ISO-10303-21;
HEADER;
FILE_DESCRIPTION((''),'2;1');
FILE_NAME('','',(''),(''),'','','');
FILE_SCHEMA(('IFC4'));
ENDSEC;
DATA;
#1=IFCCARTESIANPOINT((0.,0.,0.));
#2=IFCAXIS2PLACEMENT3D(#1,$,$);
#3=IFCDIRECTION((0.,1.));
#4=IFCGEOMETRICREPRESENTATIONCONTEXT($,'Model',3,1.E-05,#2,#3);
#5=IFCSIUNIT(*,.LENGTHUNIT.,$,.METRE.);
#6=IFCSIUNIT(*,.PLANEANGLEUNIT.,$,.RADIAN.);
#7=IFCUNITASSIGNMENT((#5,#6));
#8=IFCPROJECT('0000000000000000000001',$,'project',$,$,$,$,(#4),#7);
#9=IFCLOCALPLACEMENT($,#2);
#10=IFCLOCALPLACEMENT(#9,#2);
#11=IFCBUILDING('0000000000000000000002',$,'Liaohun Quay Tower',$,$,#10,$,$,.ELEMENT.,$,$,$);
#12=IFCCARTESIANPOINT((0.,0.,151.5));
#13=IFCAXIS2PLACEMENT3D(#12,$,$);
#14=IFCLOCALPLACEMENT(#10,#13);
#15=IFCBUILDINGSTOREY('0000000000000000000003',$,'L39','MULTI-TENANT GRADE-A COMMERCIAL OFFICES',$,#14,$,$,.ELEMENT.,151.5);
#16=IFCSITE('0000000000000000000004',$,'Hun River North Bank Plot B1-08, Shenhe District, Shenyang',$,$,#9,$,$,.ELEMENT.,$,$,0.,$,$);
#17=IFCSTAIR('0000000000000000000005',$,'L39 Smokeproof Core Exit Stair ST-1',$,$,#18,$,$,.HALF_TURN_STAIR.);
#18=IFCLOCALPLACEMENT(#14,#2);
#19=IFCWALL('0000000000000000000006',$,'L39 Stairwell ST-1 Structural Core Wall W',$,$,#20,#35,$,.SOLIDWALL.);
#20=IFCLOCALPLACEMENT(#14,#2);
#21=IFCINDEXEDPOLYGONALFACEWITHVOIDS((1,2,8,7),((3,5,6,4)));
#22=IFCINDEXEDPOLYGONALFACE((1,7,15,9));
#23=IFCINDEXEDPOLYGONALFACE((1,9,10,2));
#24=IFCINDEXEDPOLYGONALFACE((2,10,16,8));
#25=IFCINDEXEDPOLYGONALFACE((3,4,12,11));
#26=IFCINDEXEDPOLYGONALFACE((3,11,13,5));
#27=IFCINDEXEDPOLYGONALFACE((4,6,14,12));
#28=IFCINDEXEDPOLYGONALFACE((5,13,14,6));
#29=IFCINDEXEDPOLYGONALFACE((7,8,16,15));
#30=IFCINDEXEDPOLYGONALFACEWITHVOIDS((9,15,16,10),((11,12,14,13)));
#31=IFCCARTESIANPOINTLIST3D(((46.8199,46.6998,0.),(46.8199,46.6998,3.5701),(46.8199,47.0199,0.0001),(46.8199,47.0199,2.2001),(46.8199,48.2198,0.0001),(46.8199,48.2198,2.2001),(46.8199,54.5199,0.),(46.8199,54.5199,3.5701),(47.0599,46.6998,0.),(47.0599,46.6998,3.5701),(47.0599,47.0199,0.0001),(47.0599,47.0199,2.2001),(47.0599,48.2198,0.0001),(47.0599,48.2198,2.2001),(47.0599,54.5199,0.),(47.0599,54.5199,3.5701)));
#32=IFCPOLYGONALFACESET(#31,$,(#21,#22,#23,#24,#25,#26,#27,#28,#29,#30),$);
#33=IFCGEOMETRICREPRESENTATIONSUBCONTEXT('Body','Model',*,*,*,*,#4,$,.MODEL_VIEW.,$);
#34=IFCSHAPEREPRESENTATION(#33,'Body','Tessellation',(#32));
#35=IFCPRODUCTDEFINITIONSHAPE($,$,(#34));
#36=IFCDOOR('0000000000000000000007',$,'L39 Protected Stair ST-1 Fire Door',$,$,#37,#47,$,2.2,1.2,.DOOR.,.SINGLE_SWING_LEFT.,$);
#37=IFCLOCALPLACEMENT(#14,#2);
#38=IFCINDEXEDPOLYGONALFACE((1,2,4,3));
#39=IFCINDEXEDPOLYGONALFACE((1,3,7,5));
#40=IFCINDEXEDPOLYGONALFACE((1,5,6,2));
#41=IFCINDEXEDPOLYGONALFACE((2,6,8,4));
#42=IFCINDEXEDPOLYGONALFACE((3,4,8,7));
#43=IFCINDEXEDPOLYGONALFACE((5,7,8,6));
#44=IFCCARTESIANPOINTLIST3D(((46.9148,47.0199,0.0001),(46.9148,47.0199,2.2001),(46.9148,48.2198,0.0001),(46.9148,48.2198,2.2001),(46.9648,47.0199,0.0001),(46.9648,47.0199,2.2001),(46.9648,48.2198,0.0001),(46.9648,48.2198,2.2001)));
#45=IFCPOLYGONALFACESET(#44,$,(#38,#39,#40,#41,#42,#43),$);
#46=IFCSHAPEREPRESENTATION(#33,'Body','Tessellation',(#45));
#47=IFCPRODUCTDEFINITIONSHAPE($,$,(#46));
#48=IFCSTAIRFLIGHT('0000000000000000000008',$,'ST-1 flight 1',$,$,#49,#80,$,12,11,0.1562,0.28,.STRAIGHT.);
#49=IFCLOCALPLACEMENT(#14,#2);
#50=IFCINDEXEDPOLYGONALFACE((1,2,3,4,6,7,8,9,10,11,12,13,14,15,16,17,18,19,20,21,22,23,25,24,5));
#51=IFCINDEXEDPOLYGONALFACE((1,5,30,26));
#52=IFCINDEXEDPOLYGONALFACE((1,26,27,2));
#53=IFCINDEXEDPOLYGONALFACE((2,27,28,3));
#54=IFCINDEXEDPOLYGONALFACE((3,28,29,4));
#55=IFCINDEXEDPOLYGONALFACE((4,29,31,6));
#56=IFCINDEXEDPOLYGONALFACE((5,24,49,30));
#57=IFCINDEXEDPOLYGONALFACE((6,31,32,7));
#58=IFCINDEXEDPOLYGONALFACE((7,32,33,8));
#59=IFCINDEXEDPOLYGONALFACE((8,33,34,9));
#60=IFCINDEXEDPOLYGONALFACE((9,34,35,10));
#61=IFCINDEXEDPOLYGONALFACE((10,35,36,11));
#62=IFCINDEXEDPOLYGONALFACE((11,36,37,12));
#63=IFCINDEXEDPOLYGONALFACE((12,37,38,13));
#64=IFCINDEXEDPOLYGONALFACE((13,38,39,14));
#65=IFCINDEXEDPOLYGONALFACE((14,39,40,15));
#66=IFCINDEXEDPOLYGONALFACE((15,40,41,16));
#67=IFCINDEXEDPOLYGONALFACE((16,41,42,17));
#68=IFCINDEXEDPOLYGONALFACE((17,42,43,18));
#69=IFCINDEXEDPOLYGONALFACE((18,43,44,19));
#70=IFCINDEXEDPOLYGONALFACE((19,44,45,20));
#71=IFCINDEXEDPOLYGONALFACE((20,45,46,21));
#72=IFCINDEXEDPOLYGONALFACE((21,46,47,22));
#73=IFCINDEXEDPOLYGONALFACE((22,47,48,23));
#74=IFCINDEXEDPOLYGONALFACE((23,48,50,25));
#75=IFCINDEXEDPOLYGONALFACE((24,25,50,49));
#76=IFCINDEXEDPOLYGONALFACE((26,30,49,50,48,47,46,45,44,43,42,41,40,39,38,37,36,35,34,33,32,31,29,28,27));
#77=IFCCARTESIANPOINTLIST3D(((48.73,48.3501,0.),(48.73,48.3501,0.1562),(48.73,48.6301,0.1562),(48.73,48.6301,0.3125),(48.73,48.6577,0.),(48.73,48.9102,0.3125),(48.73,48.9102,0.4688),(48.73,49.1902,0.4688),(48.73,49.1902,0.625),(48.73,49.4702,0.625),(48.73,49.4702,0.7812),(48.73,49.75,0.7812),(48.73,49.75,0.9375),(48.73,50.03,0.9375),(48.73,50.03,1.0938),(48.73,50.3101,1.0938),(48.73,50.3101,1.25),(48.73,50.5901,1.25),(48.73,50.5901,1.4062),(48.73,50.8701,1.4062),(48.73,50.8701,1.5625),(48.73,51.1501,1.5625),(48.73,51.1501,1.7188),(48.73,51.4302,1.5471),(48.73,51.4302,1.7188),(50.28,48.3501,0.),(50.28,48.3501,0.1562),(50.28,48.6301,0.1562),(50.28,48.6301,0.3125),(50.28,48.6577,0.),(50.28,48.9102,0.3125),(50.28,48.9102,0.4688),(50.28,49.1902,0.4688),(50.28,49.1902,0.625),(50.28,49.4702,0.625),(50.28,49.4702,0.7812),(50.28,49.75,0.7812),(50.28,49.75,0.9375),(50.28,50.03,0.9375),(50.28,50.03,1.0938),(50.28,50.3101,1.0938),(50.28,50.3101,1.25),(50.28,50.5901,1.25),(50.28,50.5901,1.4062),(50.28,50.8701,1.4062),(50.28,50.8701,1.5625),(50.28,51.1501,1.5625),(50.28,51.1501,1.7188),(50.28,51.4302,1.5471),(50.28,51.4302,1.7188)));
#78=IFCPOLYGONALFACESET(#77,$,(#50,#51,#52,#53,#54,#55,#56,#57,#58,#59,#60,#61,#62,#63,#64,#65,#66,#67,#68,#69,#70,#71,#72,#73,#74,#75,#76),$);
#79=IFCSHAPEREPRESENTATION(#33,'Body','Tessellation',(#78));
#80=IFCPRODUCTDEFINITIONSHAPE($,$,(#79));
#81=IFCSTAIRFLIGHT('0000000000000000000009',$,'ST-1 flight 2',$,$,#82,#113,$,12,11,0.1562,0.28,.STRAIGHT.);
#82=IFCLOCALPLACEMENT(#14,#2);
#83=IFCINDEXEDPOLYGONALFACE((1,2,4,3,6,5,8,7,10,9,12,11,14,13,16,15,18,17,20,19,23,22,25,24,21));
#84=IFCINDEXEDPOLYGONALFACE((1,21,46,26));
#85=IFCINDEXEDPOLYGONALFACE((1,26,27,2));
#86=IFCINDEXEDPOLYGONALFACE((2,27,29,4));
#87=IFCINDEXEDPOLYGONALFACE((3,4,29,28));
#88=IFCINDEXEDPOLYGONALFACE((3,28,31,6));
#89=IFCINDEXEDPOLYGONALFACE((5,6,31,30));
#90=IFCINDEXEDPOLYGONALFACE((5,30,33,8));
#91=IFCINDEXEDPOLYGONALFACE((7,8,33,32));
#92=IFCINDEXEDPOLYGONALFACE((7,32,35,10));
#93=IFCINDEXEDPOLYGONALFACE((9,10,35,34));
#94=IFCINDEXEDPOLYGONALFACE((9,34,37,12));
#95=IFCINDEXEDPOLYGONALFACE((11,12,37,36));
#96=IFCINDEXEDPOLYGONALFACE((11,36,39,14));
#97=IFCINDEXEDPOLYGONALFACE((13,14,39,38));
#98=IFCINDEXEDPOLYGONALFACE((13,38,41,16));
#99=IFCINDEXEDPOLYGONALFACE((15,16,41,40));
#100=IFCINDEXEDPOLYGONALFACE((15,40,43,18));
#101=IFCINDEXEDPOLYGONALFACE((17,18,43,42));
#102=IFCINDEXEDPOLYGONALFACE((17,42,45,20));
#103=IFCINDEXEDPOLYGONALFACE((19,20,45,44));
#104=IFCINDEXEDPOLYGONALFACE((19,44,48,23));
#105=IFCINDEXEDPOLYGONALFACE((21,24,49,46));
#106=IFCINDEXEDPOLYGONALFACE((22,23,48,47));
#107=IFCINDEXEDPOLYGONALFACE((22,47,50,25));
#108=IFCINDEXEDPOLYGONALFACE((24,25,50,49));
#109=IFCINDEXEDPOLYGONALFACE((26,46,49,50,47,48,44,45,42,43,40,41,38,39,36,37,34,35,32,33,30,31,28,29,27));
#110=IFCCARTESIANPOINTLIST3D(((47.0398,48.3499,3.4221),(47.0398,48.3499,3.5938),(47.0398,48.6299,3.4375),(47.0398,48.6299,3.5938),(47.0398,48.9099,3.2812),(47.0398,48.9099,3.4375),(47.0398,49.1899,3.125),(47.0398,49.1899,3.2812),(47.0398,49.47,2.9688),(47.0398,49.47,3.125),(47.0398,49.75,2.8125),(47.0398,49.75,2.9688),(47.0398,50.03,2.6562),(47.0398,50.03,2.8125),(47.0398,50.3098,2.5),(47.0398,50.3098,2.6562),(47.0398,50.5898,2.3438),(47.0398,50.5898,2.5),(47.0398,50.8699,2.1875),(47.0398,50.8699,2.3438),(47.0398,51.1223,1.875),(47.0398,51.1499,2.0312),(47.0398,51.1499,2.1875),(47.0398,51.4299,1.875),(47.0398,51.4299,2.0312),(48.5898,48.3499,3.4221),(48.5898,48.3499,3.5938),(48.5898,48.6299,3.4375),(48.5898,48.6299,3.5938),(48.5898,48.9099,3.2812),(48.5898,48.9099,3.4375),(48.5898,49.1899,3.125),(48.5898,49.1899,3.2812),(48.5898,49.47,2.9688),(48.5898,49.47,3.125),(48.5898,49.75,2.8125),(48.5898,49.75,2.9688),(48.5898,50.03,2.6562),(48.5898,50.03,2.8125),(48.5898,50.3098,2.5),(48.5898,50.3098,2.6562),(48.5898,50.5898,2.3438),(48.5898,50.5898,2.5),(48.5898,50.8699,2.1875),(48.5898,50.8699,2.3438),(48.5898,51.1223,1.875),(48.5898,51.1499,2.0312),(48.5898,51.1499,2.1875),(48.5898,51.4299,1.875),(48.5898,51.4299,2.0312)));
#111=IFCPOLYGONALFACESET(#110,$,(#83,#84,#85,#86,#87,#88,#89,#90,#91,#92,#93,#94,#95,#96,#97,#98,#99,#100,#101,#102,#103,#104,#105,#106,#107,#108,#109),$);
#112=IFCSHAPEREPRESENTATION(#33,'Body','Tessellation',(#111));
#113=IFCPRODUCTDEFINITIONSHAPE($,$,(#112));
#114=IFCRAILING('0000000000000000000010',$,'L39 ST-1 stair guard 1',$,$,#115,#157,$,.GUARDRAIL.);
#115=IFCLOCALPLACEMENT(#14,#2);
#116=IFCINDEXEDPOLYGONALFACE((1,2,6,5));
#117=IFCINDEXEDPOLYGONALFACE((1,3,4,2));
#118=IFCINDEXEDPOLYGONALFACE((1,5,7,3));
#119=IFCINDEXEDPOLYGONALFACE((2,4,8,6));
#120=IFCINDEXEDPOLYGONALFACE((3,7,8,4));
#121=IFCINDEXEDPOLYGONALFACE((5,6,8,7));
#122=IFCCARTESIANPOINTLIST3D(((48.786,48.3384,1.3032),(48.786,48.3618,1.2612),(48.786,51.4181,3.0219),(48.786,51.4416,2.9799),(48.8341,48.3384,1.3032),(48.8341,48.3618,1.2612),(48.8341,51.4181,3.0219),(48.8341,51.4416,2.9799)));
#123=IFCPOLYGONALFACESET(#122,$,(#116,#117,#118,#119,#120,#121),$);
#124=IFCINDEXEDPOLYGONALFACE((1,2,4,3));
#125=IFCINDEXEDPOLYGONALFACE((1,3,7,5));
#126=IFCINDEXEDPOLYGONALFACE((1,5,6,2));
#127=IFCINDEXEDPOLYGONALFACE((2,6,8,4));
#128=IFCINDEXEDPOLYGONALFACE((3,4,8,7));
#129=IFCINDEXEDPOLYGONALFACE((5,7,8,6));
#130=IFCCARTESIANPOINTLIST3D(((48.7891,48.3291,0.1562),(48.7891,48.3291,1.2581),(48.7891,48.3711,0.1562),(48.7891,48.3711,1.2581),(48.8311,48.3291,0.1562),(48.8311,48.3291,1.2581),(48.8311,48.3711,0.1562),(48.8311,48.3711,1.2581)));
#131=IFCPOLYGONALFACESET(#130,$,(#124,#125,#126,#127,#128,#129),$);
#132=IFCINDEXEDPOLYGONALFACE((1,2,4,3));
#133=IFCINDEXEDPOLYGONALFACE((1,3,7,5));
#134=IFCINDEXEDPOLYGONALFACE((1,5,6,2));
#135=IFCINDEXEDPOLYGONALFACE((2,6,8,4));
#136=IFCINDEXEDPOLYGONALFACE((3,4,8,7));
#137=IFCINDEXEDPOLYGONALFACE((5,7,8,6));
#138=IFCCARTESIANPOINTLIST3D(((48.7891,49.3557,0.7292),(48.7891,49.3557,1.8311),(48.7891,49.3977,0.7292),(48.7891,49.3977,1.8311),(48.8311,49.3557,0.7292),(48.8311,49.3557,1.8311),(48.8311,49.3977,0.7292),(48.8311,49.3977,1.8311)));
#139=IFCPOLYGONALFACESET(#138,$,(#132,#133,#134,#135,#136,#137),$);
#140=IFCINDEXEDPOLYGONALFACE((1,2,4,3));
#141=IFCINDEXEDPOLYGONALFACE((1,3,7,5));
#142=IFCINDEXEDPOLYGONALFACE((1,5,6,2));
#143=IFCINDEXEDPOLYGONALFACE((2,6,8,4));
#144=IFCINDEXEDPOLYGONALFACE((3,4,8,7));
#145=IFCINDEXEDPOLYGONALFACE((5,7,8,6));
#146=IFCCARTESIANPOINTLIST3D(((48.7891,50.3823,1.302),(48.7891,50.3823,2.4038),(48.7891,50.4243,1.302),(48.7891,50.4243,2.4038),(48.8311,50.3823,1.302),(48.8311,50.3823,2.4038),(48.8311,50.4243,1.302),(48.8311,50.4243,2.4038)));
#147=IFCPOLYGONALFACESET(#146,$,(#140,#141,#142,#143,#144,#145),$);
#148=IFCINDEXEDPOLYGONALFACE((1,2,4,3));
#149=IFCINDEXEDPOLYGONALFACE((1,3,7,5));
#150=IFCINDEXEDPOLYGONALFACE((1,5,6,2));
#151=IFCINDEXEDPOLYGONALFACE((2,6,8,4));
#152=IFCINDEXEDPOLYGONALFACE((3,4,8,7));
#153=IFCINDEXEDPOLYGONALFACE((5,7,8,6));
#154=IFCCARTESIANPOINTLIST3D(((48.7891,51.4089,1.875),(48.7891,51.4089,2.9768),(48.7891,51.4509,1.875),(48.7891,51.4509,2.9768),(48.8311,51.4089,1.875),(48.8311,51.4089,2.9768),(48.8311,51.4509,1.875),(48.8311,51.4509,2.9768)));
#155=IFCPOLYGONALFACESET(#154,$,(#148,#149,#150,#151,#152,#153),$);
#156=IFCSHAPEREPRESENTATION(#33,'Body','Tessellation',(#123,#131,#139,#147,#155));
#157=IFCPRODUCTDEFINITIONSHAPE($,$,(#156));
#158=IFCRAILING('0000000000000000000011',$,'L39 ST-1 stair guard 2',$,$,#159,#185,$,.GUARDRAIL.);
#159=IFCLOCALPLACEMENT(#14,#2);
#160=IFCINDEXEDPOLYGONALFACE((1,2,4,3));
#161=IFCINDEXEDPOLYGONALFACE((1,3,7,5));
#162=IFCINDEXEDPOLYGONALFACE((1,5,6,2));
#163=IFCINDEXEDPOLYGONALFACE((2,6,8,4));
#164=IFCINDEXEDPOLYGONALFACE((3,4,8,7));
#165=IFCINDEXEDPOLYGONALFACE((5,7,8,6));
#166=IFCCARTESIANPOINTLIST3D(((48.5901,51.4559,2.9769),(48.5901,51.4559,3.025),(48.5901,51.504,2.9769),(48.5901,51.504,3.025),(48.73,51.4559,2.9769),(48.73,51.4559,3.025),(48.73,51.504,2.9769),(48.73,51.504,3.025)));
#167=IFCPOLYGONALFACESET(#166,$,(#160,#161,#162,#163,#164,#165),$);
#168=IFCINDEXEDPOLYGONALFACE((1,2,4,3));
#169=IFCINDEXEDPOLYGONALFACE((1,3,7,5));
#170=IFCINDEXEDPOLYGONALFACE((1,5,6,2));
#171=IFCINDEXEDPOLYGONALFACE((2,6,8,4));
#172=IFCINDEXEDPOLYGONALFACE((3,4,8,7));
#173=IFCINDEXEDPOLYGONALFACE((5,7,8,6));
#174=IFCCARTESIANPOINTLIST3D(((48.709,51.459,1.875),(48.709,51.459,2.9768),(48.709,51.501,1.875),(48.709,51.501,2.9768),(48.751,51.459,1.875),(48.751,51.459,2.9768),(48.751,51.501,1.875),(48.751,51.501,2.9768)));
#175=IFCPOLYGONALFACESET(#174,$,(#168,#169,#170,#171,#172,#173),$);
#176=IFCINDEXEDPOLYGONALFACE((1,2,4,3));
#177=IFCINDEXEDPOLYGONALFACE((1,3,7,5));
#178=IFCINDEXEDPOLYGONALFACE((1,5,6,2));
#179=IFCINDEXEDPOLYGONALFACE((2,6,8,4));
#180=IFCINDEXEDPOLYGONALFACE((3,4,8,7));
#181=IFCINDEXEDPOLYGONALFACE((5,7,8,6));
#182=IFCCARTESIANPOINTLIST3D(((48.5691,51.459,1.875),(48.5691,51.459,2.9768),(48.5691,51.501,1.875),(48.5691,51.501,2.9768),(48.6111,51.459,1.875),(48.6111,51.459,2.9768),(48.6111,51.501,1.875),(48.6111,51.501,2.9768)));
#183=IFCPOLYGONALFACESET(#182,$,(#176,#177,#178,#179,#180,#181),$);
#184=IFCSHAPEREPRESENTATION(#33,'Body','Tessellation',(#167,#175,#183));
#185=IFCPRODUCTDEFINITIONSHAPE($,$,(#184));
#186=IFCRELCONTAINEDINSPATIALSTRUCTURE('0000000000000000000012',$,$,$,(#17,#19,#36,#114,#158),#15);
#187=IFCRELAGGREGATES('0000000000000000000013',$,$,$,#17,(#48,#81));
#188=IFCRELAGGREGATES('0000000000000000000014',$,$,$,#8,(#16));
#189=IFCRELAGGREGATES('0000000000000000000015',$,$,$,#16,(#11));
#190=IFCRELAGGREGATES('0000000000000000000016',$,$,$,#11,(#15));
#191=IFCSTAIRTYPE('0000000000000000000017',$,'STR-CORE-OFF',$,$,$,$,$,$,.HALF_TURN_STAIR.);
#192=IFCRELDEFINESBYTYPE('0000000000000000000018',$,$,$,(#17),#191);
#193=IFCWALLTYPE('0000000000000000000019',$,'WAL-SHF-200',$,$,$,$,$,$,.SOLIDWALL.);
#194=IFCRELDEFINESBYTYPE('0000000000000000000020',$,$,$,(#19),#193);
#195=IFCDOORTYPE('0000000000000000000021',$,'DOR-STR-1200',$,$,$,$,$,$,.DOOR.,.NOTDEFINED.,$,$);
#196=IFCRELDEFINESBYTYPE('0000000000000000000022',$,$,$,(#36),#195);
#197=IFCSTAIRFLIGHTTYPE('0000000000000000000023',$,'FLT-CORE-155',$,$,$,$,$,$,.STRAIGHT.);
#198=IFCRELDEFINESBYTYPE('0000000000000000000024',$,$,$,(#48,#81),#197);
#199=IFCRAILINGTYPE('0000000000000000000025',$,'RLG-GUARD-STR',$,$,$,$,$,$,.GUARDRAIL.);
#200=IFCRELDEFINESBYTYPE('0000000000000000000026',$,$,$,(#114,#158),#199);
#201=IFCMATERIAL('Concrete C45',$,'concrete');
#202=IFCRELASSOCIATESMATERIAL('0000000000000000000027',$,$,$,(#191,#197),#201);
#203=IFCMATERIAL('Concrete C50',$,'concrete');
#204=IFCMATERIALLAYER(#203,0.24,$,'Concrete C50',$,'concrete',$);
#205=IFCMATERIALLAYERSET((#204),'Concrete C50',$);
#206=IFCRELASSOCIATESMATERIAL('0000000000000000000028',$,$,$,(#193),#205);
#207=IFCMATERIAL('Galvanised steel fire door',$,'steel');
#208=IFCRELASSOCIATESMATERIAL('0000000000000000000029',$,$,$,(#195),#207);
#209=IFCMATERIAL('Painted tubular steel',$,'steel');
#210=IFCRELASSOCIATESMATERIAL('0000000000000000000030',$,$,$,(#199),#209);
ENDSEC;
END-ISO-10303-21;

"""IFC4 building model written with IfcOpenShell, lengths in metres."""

from ifc_helpers import new_model, si_unit, direction, frame, frame_2d, origin, origin_2d, place, context, subcontext, project, spatial, polyline, rectangle, outline, extrude, source, transform, mapped, material, layer, layer_set, type_object, element, fill, aggregate, save


model = new_model("IFC4")

# Units and contexts
model_context = context("Model", 3, precision=1e-05, world=origin(), true_north=direction((0.0, 1.0)))
body_context = subcontext(model_context, "Body", "Model", "MODEL_VIEW")
ifc_project = project(units=[si_unit("LENGTHUNIT", "METRE"), si_unit("PLANEANGLEUNIT", "RADIAN")], contexts=[model_context])

# Site, building, storey
site_placement = place(None, origin())
site = spatial("IfcSite", under=ifc_project, at=site_placement, Name="Hun River North Bank Plot B1-08, Shenhe District, Shenyang", CompositionType="ELEMENT", RefElevation=0.0)
building_placement = place(site_placement, origin())
building = spatial("IfcBuilding", under=site, at=building_placement, Name="Liaohun Quay Tower", CompositionType="ELEMENT")
storey_placement = place(building_placement, frame((0.0, 0.0, 151.5)))
storey = spatial("IfcBuildingStorey", under=building, at=storey_placement, Name="L39", Description="MULTI-TENANT GRADE-A COMMERCIAL OFFICES", CompositionType="ELEMENT", Elevation=151.5)

# Stair
ifc_material_1 = material(Name="Concrete C45", Category="concrete")
stair_type = type_object("IfcStairType", Name="STR-CORE-OFF", PredefinedType="HALF_TURN_STAIR", material=ifc_material_1)
stair_1_placement = place(storey_placement, origin())
stair_1 = element("IfcStair", 1, at=stair_1_placement, inside=storey, type_object=stair_type, Name="L39 Smokeproof Core Exit Stair ST-1", PredefinedType="HALF_TURN_STAIR")

# Shared definitions
ifc_material_2 = material(Name="Concrete C50", Category="concrete")
ifc_layer_1 = layer(ifc_material_2, 0.24, Name="Concrete C50", Category="concrete")
ifc_layer_set_1 = layer_set([ifc_layer_1], Name="Concrete C50")
wall_type_1 = type_object("IfcWallType", Name="WAL-SHF-200", PredefinedType="SOLIDWALL", material=ifc_layer_set_1)

# Wall, opening, door
wall_1_placement = place(storey_placement, frame((46.9399, 54.52, 0.0), z_axis=(0.0, 0.0, 1.0), x_axis=(0.0, -1.0, 0.0)))
wall_1 = element("IfcWall", 2, at=wall_1_placement, inside=storey, type_object=wall_type_1, Name="L39 Stairwell ST-1 Structural Core Wall W", PredefinedType="SOLIDWALL", context=body_context, shape_type="SweptSolid", body=[
    extrude(rectangle(XDim=7.8201, YDim=0.24, at=frame_2d((3.9102, 0.0))), origin(), (0.0, 0.0, 1.0), 3.5701),
])
shared_shape_1 = source(origin(), body_context, "Body", "SweptSolid", [
    extrude(rectangle(XDim=1.2, YDim=2.2, at=frame_2d((0.6001, 1.1001))), frame((0.0, 0.1299, 0.0), z_axis=(0.0, -1.0, 0.0), x_axis=(1.0, 0.0, 0.0)), (0.0, 0.0, 1.0), 0.26),
])
opening_1_placement = place(wall_1_placement, frame((6.3, 0.0, 0.0)))
opening_1 = element("IfcOpeningElement", 3, at=opening_1_placement, cuts=wall_1, PredefinedType="OPENING", context=body_context, shape_type="MappedRepresentation", body=[
    mapped(shared_shape_1, transform((0.0, 0.0, 0.0), x_axis=(1.0, 0.0, 0.0), y_axis=(0.0, 1.0, 0.0), z_axis=(0.0, 0.0, 1.0), scale=1.0)),
])
ifc_material_3 = material(Name="Galvanised steel fire door", Category="steel")
door_type_1 = type_object("IfcDoorType", Name="DOR-STR-1200", OperationType="NOTDEFINED", PredefinedType="DOOR", material=ifc_material_3)
shared_shape_2 = source(origin(), body_context, "Body", "SweptSolid", [
    extrude(rectangle(XDim=1.2, YDim=2.2, at=frame_2d((0.6001, 1.1001))), frame((0.0, 0.0249, 0.0), z_axis=(0.0, -1.0, 0.0), x_axis=(1.0, 0.0, 0.0)), (0.0, 0.0, 1.0), 0.05),
])
door_1_placement = place(opening_1_placement, origin())
door_1 = element("IfcDoor", 4, at=door_1_placement, inside=storey, type_object=door_type_1, Name="L39 Protected Stair ST-1 Fire Door", OperationType="SINGLE_SWING_LEFT", OverallHeight=2.2, OverallWidth=1.2, PredefinedType="DOOR", context=body_context, shape_type="MappedRepresentation", body=[
    mapped(shared_shape_2, transform((0.0, 0.0, 0.0), x_axis=(1.0, 0.0, 0.0), y_axis=(0.0, 1.0, 0.0), z_axis=(0.0, 0.0, 1.0), scale=1.0)),
])
fill(opening_1, door_1)

# Stair flights
stair_flight_type = type_object("IfcStairFlightType", Name="FLT-CORE-155", PredefinedType="STRAIGHT", material=ifc_material_1)
stair_flight_1_placement = place(storey_placement, frame((49.5049, 48.3501, 0.0), z_axis=(0.0, 0.0, 1.0), x_axis=(0.0, 1.0, 0.0)))
stair_flight_1 = element("IfcStairFlight", 5, at=stair_flight_1_placement, type_object=stair_flight_type, Name="ST-1 flight 1", NumberOfRisers=12, NumberOfTreads=11, PredefinedType="STRAIGHT", RiserHeight=0.1562, TreadLength=0.28, context=body_context, shape_type="SweptSolid", body=[
    extrude(outline(polyline([(0.0, 0.0), (0.0, 0.1562), (0.28, 0.1562), (0.28, 0.3125), (0.5601, 0.3125), (0.5601, 0.4688), (0.8401, 0.4688), (0.8401, 0.625), (1.1201, 0.625), (1.1201, 0.7812), (1.3999, 0.7812), (1.3999, 0.9375), (1.6799, 0.9375), (1.6799, 1.0938), (1.96, 1.0938), (1.96, 1.25), (2.24, 1.25), (2.24, 1.4062), (2.52, 1.4062), (2.52, 1.5625), (2.8, 1.5625), (2.8, 1.7188), (3.0801, 1.7188), (3.0801, 1.875), (3.0801, 1.5471), (0.3076, 0.0), (0.0, 0.0)])), frame((0.0, 0.7749, 0.0), z_axis=(0.0, -1.0, 0.0), x_axis=(1.0, 0.0, 0.0)), (0.0, 0.0, 1.0), 1.55),
])
stair_flight_2_placement = place(storey_placement, frame((47.8149, 51.4299, 1.875), z_axis=(0.0, 0.0, 1.0), x_axis=(0.0, -1.0, 0.0)))
stair_flight_2 = element("IfcStairFlight", 6, at=stair_flight_2_placement, type_object=stair_flight_type, Name="ST-1 flight 2", NumberOfRisers=12, NumberOfTreads=11, PredefinedType="STRAIGHT", RiserHeight=0.1562, TreadLength=0.28, context=body_context, shape_type="SweptSolid", body=[
    extrude(outline(polyline([(0.0, 0.0), (0.0, 0.1562), (0.28, 0.1562), (0.28, 0.3125), (0.5601, 0.3125), (0.5601, 0.4688), (0.8401, 0.4688), (0.8401, 0.625), (1.1201, 0.625), (1.1201, 0.7812), (1.3999, 0.7812), (1.3999, 0.9375), (1.6799, 0.9375), (1.6799, 1.0938), (1.96, 1.0938), (1.96, 1.25), (2.24, 1.25), (2.24, 1.4062), (2.52, 1.4062), (2.52, 1.5625), (2.8, 1.5625), (2.8, 1.7188), (3.0801, 1.7188), (3.0801, 1.875), (3.0801, 1.5471), (0.3076, 0.0), (0.0, 0.0)])), frame((0.0, 0.7749, 0.0), z_axis=(0.0, -1.0, 0.0), x_axis=(1.0, 0.0, 0.0)), (0.0, 0.0, 1.0), 1.55),
])
aggregate(stair_1, [stair_flight_1, stair_flight_2])

# Railings
ifc_material_4 = material(Name="Painted tubular steel", Category="steel")
railing_type_1 = type_object("IfcRailingType", Name="RLG-GUARD-STR", PredefinedType="GUARDRAIL", material=ifc_material_4)
railing_1_placement = place(storey_placement, frame((48.8101, 48.3501, 0.1562)))
element("IfcRailing", 7, at=railing_1_placement, inside=storey, type_object=railing_type_1, Name="L39 ST-1 stair guard 1", PredefinedType="GUARDRAIL", context=body_context, shape_type="SweptSolid", body=[
    extrude(rectangle(XDim=0.0481, YDim=0.0481, at=origin_2d()), frame((0.0, 0.0, 1.126), z_axis=(0.0, 0.873225, 0.487317), x_axis=(-1.0, 0.0, 0.0)), (0.0, 0.0, 1.0), 3.5269),
    extrude(rectangle(XDim=0.042, YDim=0.042, at=origin_2d()), origin(), (0.0, 0.0, 1.0), 1.1018),
    extrude(rectangle(XDim=0.042, YDim=0.042, at=origin_2d()), frame((0.0, 1.0266, 0.573)), (0.0, 0.0, 1.0), 1.1018),
    extrude(rectangle(XDim=0.042, YDim=0.042, at=origin_2d()), frame((0.0, 2.0532, 1.1458)), (0.0, 0.0, 1.0), 1.1018),
    extrude(rectangle(XDim=0.042, YDim=0.042, at=origin_2d()), frame((0.0, 3.0798, 1.7188)), (0.0, 0.0, 1.0), 1.1018),
])
railing_2_placement = place(storey_placement, frame((48.73, 51.48, 1.875)))
element("IfcRailing", 8, at=railing_2_placement, inside=storey, type_object=railing_type_1, Name="L39 ST-1 stair guard 2", PredefinedType="GUARDRAIL", context=body_context, shape_type="SweptSolid", body=[
    extrude(rectangle(XDim=0.0481, YDim=0.0481, at=origin_2d()), frame((0.0, 0.0, 1.126), z_axis=(-1.0, 0.0, 0.0), x_axis=(0.0, -1.0, 0.0)), (0.0, 0.0, 1.0), 0.1399),
    extrude(rectangle(XDim=0.042, YDim=0.042, at=origin_2d()), origin(), (0.0, 0.0, 1.0), 1.1018),
    extrude(rectangle(XDim=0.042, YDim=0.042, at=origin_2d()), frame((-0.1399, 0.0, 0.0)), (0.0, 0.0, 1.0), 1.1018),
])

save(model, "model.ifc")
